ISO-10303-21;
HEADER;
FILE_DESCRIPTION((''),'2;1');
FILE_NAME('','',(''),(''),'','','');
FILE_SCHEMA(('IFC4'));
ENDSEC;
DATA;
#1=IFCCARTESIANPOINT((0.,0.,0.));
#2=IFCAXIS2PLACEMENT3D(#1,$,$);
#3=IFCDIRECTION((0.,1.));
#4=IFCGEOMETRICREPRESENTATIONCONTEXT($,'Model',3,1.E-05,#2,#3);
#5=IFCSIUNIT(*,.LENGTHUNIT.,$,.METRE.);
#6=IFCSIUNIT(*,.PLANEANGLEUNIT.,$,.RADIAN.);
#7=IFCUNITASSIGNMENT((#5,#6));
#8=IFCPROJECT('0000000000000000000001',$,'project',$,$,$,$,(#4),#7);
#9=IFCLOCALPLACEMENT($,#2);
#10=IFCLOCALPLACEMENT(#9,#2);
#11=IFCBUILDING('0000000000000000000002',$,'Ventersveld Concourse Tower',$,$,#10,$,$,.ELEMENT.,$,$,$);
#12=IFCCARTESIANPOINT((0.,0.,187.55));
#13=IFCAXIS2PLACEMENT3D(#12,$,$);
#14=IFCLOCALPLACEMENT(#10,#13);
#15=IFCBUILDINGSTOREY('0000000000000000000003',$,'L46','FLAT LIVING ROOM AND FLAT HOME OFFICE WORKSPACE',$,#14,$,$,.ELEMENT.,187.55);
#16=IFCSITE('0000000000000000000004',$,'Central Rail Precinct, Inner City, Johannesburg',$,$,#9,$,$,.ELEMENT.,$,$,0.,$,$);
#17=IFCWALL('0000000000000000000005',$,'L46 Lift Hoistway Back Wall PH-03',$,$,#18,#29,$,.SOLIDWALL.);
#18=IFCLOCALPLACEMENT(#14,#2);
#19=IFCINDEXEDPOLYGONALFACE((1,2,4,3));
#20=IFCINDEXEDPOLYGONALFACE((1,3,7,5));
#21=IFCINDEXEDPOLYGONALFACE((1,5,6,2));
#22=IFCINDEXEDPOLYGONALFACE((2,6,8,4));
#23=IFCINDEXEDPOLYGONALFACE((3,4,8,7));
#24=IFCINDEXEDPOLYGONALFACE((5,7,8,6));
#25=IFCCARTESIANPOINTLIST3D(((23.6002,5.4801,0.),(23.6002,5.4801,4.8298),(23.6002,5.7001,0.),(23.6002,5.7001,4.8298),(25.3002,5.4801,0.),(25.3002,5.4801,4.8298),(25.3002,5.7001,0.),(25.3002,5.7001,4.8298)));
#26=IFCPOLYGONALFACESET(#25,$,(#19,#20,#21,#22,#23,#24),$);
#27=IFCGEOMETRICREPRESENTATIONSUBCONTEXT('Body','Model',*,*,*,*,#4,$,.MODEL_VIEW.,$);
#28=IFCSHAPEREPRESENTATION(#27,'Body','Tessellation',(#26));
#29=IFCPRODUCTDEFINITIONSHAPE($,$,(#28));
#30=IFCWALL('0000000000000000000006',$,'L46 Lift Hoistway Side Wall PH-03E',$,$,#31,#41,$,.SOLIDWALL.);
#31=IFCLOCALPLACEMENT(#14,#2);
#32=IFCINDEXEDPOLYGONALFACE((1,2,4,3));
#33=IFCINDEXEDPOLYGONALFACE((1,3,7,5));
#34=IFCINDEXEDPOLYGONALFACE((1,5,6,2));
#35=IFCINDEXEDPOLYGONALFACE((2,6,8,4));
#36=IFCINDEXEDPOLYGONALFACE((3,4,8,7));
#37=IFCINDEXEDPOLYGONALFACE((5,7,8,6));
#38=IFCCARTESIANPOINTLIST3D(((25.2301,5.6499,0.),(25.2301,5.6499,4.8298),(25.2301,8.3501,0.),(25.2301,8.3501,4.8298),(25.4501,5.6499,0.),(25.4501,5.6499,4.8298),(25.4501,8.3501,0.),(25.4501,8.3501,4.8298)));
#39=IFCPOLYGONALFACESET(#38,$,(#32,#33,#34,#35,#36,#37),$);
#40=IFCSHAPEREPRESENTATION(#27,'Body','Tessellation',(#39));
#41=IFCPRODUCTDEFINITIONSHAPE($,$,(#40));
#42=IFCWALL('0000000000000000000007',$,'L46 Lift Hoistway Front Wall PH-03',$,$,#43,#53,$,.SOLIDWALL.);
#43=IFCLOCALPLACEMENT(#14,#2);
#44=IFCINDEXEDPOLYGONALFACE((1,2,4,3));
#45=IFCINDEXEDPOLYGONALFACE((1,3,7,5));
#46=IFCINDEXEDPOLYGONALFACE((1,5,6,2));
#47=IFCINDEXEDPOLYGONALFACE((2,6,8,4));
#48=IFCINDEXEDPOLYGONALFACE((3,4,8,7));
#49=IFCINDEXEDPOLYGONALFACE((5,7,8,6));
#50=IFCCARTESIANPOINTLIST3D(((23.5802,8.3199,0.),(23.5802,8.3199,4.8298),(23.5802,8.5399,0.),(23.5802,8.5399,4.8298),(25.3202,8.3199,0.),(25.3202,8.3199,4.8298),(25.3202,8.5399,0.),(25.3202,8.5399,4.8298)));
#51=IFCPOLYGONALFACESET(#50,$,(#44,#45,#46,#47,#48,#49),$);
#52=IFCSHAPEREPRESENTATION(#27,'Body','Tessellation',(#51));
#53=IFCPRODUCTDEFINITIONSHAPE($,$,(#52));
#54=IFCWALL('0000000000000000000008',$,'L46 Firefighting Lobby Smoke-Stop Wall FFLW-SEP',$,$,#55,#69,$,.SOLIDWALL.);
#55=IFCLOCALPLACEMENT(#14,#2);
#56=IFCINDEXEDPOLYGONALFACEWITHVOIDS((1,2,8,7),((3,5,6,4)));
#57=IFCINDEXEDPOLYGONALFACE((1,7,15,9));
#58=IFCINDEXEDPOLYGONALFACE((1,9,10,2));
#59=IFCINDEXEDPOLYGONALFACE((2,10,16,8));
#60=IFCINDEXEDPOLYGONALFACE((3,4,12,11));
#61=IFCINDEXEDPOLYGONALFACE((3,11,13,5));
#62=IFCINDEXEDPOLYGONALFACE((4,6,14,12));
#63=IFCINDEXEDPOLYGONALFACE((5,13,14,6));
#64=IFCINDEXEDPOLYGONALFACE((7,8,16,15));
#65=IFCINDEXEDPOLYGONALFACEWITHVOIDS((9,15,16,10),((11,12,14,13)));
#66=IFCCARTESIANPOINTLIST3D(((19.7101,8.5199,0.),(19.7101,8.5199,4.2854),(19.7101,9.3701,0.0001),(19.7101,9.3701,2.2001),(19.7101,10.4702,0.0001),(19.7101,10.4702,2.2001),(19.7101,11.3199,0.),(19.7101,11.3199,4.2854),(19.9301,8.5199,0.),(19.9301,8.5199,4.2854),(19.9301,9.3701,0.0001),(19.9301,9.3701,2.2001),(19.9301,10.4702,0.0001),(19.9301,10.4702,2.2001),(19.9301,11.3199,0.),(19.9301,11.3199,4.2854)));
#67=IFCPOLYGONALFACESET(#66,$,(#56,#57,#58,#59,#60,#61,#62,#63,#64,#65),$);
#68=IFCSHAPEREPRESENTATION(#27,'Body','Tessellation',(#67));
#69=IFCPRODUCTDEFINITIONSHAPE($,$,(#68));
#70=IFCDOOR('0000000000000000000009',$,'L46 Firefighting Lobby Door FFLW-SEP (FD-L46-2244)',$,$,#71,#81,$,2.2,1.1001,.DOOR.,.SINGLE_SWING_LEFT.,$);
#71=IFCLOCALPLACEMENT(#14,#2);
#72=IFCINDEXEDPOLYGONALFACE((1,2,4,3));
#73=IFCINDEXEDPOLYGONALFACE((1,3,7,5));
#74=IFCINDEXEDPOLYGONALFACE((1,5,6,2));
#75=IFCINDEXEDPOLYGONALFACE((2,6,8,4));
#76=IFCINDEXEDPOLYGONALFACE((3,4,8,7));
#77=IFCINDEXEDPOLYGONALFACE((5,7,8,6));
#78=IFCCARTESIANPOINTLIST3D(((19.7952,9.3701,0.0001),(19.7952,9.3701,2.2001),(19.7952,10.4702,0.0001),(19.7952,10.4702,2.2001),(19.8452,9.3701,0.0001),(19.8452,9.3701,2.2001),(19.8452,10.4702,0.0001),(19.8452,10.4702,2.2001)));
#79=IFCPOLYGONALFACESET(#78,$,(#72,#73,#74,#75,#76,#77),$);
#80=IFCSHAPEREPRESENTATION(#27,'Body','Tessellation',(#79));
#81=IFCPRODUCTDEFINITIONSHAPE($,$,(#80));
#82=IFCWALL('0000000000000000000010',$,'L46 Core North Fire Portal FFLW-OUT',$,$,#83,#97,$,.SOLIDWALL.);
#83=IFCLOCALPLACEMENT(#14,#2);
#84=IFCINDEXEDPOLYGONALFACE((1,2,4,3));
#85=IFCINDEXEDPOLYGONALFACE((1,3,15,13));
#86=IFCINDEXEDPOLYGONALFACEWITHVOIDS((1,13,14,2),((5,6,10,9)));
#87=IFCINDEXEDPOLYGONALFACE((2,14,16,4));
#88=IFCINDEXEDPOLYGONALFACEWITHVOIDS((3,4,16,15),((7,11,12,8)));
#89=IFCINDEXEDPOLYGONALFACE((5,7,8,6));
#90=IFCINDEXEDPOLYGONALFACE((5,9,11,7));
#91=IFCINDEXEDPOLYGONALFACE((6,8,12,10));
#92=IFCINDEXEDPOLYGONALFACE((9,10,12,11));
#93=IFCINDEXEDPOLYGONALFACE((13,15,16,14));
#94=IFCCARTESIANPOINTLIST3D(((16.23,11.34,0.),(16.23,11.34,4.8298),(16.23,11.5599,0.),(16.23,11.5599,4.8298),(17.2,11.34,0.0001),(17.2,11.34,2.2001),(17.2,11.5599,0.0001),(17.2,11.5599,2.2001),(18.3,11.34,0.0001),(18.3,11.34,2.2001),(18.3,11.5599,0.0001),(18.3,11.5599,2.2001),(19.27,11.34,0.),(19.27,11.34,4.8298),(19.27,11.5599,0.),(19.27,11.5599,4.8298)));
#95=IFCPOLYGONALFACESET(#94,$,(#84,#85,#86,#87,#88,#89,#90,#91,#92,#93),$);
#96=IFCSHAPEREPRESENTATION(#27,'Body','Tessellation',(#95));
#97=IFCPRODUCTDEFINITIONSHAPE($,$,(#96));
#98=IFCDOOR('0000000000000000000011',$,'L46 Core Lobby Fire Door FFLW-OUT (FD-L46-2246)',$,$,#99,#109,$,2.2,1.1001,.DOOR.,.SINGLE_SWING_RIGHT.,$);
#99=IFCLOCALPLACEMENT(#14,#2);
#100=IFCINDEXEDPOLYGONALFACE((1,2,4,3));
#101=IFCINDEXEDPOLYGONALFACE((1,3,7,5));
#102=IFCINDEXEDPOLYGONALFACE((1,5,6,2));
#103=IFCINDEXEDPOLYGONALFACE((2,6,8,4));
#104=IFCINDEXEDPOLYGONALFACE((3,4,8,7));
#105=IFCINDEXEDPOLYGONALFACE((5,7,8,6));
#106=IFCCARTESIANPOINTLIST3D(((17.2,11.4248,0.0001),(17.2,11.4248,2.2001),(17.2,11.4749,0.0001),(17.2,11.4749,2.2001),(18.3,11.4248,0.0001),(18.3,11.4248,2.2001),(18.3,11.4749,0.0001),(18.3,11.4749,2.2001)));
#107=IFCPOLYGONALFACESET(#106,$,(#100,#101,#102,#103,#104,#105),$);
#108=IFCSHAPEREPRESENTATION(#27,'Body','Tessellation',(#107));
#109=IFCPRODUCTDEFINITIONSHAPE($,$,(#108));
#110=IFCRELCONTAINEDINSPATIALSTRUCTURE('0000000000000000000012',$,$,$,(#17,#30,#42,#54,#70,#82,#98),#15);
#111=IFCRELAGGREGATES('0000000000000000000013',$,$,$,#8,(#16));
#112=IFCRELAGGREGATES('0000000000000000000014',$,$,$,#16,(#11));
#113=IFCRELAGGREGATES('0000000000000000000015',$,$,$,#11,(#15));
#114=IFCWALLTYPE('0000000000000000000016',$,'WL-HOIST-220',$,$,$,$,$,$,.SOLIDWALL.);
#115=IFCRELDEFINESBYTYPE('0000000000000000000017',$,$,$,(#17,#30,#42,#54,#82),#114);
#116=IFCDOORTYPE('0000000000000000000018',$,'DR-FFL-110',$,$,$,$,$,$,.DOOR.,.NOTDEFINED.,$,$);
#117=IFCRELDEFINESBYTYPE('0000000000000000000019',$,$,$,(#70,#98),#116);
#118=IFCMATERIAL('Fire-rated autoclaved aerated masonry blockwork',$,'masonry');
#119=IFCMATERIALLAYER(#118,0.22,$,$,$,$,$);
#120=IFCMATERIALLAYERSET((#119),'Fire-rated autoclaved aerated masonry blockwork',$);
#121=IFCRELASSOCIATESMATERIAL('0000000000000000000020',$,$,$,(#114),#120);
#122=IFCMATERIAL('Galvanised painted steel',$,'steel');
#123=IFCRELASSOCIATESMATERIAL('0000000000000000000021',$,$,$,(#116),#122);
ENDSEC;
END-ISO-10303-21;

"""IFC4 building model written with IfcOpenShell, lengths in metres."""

from ifc_helpers import new_model, si_unit, direction, frame, frame_2d, origin, place, context, subcontext, project, spatial, rectangle, extrude, material, layer, layer_set, type_object, element, fill, save


model = new_model("IFC4")

# Units and contexts
model_context = context("Model", 3, precision=1e-05, world=origin(), true_north=direction((0.0, 1.0)))
body_context = subcontext(model_context, "Body", "Model", "MODEL_VIEW")
ifc_project = project(units=[si_unit("LENGTHUNIT", "METRE"), si_unit("PLANEANGLEUNIT", "RADIAN")], contexts=[model_context])

# Site, building, storey
site_placement = place(None, origin())
site = spatial("IfcSite", under=ifc_project, at=site_placement, Name="Central Rail Precinct, Inner City, Johannesburg", CompositionType="ELEMENT", RefElevation=0.0)
building_placement = place(site_placement, origin())
building = spatial("IfcBuilding", under=site, at=building_placement, Name="Ventersveld Concourse Tower", CompositionType="ELEMENT")
storey_placement = place(building_placement, frame((0.0, 0.0, 187.55)))
storey = spatial("IfcBuildingStorey", under=building, at=storey_placement, Name="L46", Description="FLAT LIVING ROOM AND FLAT HOME OFFICE WORKSPACE", CompositionType="ELEMENT", Elevation=187.55)

# Shared definitions
ifc_material_1 = material(Name="Fire-rated autoclaved aerated masonry blockwork", Category="masonry")
ifc_material_2 = material(Name="Galvanised painted steel", Category="steel")

# Shared definitions
ifc_layer_1 = layer(ifc_material_1, 0.22)
ifc_layer_set_1 = layer_set([ifc_layer_1], Name="Fire-rated autoclaved aerated masonry blockwork")
wall_type_1 = type_object("IfcWallType", Name="WL-HOIST-220", PredefinedType="SOLIDWALL", material=ifc_layer_set_1)

# Walls
wall_1_placement = place(storey_placement, frame((23.6001, 5.5901, 0.0), z_axis=(0.0, 0.0, 1.0), x_axis=(1.0, 0.0, 0.0)))
element("IfcWall", 1, at=wall_1_placement, inside=storey, type_object=wall_type_1, Name="L46 Lift Hoistway Back Wall PH-03", PredefinedType="SOLIDWALL", context=body_context, shape_type="SweptSolid", body=[
    extrude(rectangle(XDim=1.7, YDim=0.22, at=frame_2d((0.8501, 0.0))), origin(), (0.0, 0.0, 1.0), 4.8298),
])
wall_2_placement = place(storey_placement, frame((25.3401, 5.6499, 0.0), z_axis=(0.0, 0.0, 1.0), x_axis=(0.0, 1.0, 0.0)))
element("IfcWall", 2, at=wall_2_placement, inside=storey, type_object=wall_type_1, Name="L46 Lift Hoistway Side Wall PH-03E", PredefinedType="SOLIDWALL", context=body_context, shape_type="SweptSolid", body=[
    extrude(rectangle(XDim=2.7002, YDim=0.22, at=frame_2d((1.3501, 0.0))), origin(), (0.0, 0.0, 1.0), 4.8298),
])
wall_3_placement = place(storey_placement, frame((23.5801, 8.4299, 0.0), z_axis=(0.0, 0.0, 1.0), x_axis=(1.0, 0.0, 0.0)))
element("IfcWall", 3, at=wall_3_placement, inside=storey, type_object=wall_type_1, Name="L46 Lift Hoistway Front Wall PH-03", PredefinedType="SOLIDWALL", context=body_context, shape_type="SweptSolid", body=[
    extrude(rectangle(XDim=1.74, YDim=0.22, at=frame_2d((0.8701, 0.0))), origin(), (0.0, 0.0, 1.0), 4.8298),
])

# Walls, openings, doors
wall_4_placement = place(storey_placement, frame((19.8201, 8.52, 0.0), z_axis=(0.0, 0.0, 1.0), x_axis=(0.0, 1.0, 0.0)))
wall_4 = element("IfcWall", 4, at=wall_4_placement, inside=storey, type_object=wall_type_1, Name="L46 Firefighting Lobby Smoke-Stop Wall FFLW-SEP", PredefinedType="SOLIDWALL", context=body_context, shape_type="SweptSolid", body=[
    extrude(rectangle(XDim=2.8, YDim=0.22, at=frame_2d((1.3999, 0.0))), origin(), (0.0, 0.0, 1.0), 4.2854),
])
opening_1_placement = place(wall_4_placement, frame((0.8501, 0.0, 0.0)))
opening_1 = element("IfcOpeningElement", 5, at=opening_1_placement, cuts=wall_4, PredefinedType="OPENING", context=body_context, shape_type="SweptSolid", body=[
    extrude(rectangle(XDim=1.1001, YDim=2.2, at=frame_2d((0.55, 1.1001))), frame((0.0, 0.1201, 0.0), z_axis=(0.0, -1.0, 0.0), x_axis=(1.0, 0.0, 0.0)), (0.0, 0.0, 1.0), 0.24),
])
door_type_1 = type_object("IfcDoorType", Name="DR-FFL-110", OperationType="NOTDEFINED", PredefinedType="DOOR", material=ifc_material_2)
door_1_placement = place(opening_1_placement, origin())
door_1 = element("IfcDoor", 6, at=door_1_placement, inside=storey, type_object=door_type_1, Name="L46 Firefighting Lobby Door FFLW-SEP (FD-L46-2244)", OperationType="SINGLE_SWING_LEFT", OverallHeight=2.2, OverallWidth=1.1001, PredefinedType="DOOR", context=body_context, shape_type="SweptSolid", body=[
    extrude(rectangle(XDim=1.1001, YDim=2.2, at=frame_2d((0.55, 1.1001))), frame((0.0, 0.0249, 0.0), z_axis=(0.0, -1.0, 0.0), x_axis=(1.0, 0.0, 0.0)), (0.0, 0.0, 1.0), 0.05),
])
fill(opening_1, door_1)
wall_5_placement = place(storey_placement, frame((16.23, 11.45, 0.0), z_axis=(0.0, 0.0, 1.0), x_axis=(1.0, 0.0, 0.0)))
wall_5 = element("IfcWall", 7, at=wall_5_placement, inside=storey, type_object=wall_type_1, Name="L46 Core North Fire Portal FFLW-OUT", PredefinedType="SOLIDWALL", context=body_context, shape_type="SweptSolid", body=[
    extrude(rectangle(XDim=3.04, YDim=0.22, at=frame_2d((1.52, 0.0))), origin(), (0.0, 0.0, 1.0), 4.8298),
])
opening_2_placement = place(wall_5_placement, frame((0.97, 0.0, 0.0)))
opening_2 = element("IfcOpeningElement", 8, at=opening_2_placement, cuts=wall_5, PredefinedType="OPENING", context=body_context, shape_type="SweptSolid", body=[
    extrude(rectangle(XDim=1.1001, YDim=2.2, at=frame_2d((0.55, 1.1001))), frame((0.0, 0.1201, 0.0), z_axis=(0.0, -1.0, 0.0), x_axis=(1.0, 0.0, 0.0)), (0.0, 0.0, 1.0), 0.24),
])
door_2_placement = place(opening_2_placement, origin())
door_2 = element("IfcDoor", 9, at=door_2_placement, inside=storey, type_object=door_type_1, Name="L46 Core Lobby Fire Door FFLW-OUT (FD-L46-2246)", OperationType="SINGLE_SWING_RIGHT", OverallHeight=2.2, OverallWidth=1.1001, PredefinedType="DOOR", context=body_context, shape_type="SweptSolid", body=[
    extrude(rectangle(XDim=1.1001, YDim=2.2, at=frame_2d((0.55, 1.1001))), frame((0.0, 0.0249, 0.0), z_axis=(0.0, -1.0, 0.0), x_axis=(1.0, 0.0, 0.0)), (0.0, 0.0, 1.0), 0.05),
])
fill(opening_2, door_2)

save(model, "model.ifc")
